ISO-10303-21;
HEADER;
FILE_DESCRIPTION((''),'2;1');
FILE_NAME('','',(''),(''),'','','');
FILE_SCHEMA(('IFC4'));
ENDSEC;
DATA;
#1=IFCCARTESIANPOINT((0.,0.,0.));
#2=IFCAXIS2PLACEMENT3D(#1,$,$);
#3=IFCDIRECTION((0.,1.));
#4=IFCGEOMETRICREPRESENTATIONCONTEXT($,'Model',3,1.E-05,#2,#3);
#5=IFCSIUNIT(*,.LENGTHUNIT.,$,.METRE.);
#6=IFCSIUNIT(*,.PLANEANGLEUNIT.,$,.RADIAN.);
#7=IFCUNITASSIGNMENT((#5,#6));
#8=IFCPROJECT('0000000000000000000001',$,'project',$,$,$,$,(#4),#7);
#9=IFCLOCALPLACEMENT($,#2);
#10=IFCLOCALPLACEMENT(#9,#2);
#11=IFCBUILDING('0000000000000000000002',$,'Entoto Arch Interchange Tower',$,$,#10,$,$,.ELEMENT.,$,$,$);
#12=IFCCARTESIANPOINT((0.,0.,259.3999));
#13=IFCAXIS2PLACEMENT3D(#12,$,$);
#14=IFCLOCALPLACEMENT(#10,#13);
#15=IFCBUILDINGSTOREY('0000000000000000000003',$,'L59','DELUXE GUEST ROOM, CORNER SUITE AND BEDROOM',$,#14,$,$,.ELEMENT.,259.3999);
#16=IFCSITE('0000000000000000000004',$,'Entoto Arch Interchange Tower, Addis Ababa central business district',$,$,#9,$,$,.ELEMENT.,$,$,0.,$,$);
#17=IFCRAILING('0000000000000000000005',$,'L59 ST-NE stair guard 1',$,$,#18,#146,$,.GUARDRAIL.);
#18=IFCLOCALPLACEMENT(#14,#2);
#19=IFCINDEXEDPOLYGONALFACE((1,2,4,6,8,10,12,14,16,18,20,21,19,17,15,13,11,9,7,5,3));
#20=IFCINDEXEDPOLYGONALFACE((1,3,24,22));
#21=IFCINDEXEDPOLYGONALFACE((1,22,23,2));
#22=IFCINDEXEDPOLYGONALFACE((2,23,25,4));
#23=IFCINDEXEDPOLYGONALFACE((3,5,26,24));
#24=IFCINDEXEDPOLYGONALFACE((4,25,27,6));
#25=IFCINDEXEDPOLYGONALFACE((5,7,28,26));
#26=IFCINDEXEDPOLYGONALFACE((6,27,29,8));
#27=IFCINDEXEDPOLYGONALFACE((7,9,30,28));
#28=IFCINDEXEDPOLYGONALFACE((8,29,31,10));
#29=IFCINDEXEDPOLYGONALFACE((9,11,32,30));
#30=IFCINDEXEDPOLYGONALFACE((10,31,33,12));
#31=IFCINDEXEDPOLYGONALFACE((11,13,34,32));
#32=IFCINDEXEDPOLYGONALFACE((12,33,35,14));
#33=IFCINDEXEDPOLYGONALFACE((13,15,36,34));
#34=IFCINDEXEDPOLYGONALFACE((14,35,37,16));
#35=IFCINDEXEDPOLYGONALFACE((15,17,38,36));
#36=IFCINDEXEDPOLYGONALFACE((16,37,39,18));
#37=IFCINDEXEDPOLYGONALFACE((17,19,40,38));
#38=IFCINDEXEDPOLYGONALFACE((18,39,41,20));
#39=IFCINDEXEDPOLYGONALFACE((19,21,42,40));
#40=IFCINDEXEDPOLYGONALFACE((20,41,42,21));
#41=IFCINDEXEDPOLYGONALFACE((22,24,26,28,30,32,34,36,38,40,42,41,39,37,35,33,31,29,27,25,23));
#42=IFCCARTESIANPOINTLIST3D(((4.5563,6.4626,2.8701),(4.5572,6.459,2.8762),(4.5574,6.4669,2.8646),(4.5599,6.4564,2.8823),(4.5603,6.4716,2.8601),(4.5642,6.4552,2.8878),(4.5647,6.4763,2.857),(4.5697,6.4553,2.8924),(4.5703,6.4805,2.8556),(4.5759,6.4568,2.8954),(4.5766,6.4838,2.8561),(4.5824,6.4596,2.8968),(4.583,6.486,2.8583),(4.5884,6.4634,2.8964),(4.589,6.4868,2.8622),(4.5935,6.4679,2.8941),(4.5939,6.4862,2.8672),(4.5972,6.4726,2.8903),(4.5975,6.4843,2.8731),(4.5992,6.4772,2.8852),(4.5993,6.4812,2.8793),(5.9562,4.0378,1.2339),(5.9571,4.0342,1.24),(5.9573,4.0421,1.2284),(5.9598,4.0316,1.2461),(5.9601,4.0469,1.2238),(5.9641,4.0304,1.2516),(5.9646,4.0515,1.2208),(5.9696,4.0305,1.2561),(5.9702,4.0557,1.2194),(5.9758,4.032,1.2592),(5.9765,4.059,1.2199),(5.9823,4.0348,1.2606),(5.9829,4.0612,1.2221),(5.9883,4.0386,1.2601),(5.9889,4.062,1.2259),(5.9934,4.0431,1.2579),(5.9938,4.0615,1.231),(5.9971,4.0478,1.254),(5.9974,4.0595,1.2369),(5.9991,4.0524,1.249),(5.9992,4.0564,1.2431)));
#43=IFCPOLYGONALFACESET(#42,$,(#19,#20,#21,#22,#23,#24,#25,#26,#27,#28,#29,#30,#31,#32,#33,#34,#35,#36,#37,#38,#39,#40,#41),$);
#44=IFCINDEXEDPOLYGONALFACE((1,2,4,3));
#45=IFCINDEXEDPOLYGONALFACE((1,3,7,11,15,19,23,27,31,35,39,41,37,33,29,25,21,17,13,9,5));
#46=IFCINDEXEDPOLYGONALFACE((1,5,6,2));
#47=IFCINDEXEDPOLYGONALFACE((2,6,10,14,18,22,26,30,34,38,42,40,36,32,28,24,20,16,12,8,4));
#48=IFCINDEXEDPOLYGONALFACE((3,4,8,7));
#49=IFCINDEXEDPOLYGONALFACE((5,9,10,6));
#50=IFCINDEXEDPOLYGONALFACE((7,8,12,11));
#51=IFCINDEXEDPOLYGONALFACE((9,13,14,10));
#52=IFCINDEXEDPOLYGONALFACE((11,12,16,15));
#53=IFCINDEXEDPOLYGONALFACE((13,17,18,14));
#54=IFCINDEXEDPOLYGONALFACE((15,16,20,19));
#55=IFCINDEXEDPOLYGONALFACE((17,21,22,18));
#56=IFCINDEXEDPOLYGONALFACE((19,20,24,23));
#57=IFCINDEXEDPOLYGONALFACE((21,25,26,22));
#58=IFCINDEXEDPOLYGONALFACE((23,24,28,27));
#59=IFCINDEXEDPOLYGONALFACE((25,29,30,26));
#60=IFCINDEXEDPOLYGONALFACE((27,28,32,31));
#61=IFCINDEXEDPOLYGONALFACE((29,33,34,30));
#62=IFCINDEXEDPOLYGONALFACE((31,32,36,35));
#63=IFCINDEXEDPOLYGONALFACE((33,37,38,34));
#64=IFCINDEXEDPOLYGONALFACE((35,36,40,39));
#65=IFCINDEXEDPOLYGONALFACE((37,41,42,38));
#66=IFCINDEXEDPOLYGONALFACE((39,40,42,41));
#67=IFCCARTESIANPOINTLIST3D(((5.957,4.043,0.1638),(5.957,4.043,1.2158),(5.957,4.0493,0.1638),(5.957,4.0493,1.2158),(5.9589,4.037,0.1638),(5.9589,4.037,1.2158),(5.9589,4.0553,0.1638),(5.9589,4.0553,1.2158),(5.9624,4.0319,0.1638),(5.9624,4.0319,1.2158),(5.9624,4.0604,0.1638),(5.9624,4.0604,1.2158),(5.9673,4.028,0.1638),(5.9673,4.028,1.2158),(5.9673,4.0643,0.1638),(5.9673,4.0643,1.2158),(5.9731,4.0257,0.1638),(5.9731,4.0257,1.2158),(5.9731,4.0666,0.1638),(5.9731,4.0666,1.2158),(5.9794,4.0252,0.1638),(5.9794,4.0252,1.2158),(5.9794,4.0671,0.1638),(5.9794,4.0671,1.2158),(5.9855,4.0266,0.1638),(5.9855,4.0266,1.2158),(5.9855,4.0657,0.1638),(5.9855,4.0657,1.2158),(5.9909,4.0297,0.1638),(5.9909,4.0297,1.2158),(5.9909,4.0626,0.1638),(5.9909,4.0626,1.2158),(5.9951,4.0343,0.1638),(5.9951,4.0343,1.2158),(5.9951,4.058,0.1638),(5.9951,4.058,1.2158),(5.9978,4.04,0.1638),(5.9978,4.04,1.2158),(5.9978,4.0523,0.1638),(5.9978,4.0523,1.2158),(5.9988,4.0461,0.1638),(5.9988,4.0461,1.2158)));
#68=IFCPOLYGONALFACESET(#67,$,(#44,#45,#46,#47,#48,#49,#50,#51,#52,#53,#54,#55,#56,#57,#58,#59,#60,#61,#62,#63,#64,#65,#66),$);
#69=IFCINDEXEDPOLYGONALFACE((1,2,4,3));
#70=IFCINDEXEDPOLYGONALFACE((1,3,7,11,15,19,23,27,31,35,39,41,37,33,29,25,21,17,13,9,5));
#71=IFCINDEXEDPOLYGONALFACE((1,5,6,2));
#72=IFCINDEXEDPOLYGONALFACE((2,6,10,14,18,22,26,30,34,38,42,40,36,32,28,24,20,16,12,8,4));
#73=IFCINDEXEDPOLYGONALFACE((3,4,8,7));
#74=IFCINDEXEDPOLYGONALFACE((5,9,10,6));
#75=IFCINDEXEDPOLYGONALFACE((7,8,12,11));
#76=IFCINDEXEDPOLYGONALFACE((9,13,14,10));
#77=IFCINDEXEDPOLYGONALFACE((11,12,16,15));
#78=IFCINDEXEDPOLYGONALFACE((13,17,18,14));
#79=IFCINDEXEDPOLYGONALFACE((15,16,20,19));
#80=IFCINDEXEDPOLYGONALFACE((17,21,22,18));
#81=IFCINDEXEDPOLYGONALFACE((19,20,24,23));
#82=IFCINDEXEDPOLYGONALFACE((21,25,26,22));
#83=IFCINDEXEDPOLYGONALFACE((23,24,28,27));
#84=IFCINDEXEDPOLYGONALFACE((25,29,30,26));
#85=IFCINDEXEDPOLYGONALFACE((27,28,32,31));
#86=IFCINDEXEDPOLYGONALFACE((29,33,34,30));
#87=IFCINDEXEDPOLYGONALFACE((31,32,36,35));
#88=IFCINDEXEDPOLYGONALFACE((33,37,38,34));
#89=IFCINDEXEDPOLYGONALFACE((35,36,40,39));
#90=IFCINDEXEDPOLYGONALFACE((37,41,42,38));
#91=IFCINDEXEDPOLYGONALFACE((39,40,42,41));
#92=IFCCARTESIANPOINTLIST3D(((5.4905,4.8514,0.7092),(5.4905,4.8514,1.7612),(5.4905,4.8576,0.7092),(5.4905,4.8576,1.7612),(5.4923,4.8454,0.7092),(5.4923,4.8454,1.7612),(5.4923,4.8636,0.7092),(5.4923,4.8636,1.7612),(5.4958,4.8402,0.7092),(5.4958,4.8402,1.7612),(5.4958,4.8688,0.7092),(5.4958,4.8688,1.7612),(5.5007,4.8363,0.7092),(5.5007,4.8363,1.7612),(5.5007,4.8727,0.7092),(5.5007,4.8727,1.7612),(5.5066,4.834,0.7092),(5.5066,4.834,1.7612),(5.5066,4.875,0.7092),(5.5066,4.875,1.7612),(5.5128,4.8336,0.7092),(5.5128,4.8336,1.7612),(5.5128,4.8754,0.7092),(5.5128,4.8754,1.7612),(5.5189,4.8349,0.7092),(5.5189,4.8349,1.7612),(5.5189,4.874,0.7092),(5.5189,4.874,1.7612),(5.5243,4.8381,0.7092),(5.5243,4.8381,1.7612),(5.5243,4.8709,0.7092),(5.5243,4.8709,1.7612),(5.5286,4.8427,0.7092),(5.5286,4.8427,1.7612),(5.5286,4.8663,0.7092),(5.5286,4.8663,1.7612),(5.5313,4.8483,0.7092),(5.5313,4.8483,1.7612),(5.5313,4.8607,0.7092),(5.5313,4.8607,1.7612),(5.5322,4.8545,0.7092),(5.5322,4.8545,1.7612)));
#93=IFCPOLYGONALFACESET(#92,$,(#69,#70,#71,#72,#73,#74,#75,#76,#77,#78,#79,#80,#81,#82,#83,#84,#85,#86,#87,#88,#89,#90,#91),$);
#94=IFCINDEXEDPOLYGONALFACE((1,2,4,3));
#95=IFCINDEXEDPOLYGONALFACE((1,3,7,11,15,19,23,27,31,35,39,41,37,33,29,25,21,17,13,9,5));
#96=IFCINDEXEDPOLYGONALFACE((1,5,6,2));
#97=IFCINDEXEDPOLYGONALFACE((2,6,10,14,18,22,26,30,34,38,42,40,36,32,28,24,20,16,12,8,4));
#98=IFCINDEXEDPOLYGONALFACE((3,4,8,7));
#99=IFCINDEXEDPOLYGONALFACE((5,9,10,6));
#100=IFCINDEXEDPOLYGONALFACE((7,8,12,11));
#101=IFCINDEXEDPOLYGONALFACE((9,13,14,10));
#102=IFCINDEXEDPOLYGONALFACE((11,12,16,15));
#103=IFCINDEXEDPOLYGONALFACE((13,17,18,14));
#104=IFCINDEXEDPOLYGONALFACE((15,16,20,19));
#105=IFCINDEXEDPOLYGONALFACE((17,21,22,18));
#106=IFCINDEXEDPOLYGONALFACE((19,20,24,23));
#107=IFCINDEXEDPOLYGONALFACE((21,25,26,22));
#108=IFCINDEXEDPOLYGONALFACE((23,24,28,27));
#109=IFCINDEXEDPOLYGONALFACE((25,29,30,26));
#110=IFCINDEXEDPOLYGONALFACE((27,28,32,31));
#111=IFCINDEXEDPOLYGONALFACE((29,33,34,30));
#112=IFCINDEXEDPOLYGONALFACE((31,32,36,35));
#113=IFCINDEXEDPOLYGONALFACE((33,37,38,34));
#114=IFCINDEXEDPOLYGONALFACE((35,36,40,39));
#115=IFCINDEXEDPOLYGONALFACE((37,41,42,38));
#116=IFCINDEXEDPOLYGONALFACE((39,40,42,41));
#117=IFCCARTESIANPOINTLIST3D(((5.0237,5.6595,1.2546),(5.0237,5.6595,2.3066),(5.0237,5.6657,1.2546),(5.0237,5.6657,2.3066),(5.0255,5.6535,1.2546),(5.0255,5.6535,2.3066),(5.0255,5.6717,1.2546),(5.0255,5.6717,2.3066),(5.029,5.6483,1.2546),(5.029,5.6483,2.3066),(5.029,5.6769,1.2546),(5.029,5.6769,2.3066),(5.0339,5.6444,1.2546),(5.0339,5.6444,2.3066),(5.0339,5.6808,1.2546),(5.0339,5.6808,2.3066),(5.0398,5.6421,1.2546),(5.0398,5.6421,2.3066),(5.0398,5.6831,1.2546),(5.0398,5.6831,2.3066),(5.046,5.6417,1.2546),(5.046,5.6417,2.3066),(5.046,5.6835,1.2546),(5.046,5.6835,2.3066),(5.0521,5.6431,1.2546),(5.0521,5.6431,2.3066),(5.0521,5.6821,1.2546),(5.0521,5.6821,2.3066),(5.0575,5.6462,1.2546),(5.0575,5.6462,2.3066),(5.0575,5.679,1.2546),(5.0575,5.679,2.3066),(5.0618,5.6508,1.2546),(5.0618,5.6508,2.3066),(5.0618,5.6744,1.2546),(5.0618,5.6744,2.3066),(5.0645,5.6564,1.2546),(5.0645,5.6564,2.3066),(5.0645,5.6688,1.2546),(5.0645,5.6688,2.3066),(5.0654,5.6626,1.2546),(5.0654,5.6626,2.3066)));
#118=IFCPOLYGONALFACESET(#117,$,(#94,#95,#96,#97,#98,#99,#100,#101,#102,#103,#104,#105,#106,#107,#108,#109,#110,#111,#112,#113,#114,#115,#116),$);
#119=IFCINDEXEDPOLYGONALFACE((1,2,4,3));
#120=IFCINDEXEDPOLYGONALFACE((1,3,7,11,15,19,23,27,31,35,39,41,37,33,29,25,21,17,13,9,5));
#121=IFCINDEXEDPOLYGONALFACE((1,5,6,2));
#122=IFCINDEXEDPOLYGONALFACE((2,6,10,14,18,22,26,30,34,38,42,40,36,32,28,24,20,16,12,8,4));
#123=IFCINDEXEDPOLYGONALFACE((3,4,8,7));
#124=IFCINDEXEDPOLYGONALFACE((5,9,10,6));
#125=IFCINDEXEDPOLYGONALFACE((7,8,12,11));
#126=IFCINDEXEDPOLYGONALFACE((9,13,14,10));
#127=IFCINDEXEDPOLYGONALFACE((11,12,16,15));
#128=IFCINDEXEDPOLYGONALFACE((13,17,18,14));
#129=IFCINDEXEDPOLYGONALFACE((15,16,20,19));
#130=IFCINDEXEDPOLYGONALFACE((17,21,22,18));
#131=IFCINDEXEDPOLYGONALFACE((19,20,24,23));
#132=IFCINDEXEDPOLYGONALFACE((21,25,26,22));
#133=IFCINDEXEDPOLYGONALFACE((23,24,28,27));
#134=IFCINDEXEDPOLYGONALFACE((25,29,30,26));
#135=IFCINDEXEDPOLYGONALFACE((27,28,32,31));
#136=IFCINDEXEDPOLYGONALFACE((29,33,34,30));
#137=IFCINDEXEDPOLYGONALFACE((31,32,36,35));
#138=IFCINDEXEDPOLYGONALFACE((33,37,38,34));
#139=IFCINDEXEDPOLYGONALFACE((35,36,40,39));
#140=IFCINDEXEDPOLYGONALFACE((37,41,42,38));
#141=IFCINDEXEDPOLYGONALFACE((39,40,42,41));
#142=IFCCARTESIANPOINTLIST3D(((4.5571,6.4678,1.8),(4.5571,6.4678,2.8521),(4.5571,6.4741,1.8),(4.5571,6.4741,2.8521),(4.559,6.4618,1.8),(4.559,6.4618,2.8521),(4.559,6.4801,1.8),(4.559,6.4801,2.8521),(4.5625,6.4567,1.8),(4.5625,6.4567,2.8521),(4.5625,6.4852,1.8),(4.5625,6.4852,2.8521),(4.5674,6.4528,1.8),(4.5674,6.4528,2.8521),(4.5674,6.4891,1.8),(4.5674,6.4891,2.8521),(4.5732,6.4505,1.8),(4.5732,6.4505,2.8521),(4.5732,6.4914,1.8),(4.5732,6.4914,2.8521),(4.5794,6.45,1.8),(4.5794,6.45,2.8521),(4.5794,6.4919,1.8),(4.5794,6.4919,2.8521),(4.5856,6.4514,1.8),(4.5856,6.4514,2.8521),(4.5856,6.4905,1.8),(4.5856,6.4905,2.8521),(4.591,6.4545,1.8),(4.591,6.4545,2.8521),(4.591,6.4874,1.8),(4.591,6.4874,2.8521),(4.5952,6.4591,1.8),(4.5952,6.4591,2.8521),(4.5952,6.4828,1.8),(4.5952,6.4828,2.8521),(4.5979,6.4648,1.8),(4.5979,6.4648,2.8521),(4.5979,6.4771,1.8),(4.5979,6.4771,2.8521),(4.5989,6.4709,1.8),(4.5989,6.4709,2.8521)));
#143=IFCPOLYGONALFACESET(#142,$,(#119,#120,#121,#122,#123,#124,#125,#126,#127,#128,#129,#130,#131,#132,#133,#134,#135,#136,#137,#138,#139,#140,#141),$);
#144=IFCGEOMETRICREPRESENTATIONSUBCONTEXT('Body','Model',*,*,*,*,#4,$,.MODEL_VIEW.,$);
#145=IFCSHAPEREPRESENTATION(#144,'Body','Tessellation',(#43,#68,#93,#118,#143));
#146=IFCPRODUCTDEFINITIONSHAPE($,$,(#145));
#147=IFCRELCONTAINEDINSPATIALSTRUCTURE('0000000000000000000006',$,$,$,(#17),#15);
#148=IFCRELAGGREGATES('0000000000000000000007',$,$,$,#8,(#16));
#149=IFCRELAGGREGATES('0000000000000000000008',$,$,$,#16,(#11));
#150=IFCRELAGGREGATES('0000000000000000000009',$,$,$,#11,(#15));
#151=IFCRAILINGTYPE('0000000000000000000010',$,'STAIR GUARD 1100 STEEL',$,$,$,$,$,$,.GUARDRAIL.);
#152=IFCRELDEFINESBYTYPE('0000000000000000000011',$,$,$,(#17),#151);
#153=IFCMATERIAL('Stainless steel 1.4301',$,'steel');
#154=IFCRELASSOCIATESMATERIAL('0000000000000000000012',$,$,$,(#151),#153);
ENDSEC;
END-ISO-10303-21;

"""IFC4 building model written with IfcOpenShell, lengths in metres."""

from ifc_helpers import new_model, si_unit, direction, frame, origin, origin_2d, place, context, subcontext, project, spatial, circle, extrude, material, type_object, element, save


model = new_model("IFC4")

# Units and contexts
model_context = context("Model", 3, precision=1e-05, world=origin(), true_north=direction((0.0, 1.0)))
body_context = subcontext(model_context, "Body", "Model", "MODEL_VIEW")
ifc_project = project(units=[si_unit("LENGTHUNIT", "METRE"), si_unit("PLANEANGLEUNIT", "RADIAN")], contexts=[model_context])

# Site, building, storey
site_placement = place(None, origin())
site = spatial("IfcSite", under=ifc_project, at=site_placement, Name="Entoto Arch Interchange Tower, Addis Ababa central business district", CompositionType="ELEMENT", RefElevation=0.0)
building_placement = place(site_placement, origin())
building = spatial("IfcBuilding", under=site, at=building_placement, Name="Entoto Arch Interchange Tower", CompositionType="ELEMENT")
storey_placement = place(building_placement, frame((0.0, 0.0, 259.3999)))
storey = spatial("IfcBuildingStorey", under=building, at=storey_placement, Name="L59", Description="DELUXE GUEST ROOM, CORNER SUITE AND BEDROOM", CompositionType="ELEMENT", Elevation=259.3999)

# Railing
ifc_material_1 = material(Name="Stainless steel 1.4301", Category="steel")
railing_type_1 = type_object("IfcRailingType", Name="STAIR GUARD 1100 STEEL", PredefinedType="GUARDRAIL", material=ifc_material_1)
railing_1_placement = place(storey_placement, frame((5.9778, 4.0461, 0.1638)))
element("IfcRailing", 1, at=railing_1_placement, inside=storey, type_object=railing_type_1, Name="L59 ST-NE stair guard 1", PredefinedType="GUARDRAIL", context=body_context, shape_type="SweptSolid", body=[
    extrude(circle(Radius=0.0239, at=origin_2d()), frame((0.0, 0.0, 1.0762), z_axis=(-0.431677, 0.747718, 0.504552), x_axis=(-0.866035, -0.499984, 0.0)), (0.0, 0.0, 1.0), 3.2429),
    extrude(circle(Radius=0.021, at=origin_2d()), origin(), (0.0, 0.0, 1.0), 1.052),
    extrude(circle(Radius=0.021, at=origin_2d()), frame((-0.4666, 0.8083, 0.5454)), (0.0, 0.0, 1.0), 1.052),
    extrude(circle(Radius=0.021, at=origin_2d()), frame((-0.9333, 1.6165, 1.0908)), (0.0, 0.0, 1.0), 1.052),
    extrude(circle(Radius=0.021, at=origin_2d()), frame((-1.3999, 2.4248, 1.6362)), (0.0, 0.0, 1.0), 1.052),
])

save(model, "model.ifc")
